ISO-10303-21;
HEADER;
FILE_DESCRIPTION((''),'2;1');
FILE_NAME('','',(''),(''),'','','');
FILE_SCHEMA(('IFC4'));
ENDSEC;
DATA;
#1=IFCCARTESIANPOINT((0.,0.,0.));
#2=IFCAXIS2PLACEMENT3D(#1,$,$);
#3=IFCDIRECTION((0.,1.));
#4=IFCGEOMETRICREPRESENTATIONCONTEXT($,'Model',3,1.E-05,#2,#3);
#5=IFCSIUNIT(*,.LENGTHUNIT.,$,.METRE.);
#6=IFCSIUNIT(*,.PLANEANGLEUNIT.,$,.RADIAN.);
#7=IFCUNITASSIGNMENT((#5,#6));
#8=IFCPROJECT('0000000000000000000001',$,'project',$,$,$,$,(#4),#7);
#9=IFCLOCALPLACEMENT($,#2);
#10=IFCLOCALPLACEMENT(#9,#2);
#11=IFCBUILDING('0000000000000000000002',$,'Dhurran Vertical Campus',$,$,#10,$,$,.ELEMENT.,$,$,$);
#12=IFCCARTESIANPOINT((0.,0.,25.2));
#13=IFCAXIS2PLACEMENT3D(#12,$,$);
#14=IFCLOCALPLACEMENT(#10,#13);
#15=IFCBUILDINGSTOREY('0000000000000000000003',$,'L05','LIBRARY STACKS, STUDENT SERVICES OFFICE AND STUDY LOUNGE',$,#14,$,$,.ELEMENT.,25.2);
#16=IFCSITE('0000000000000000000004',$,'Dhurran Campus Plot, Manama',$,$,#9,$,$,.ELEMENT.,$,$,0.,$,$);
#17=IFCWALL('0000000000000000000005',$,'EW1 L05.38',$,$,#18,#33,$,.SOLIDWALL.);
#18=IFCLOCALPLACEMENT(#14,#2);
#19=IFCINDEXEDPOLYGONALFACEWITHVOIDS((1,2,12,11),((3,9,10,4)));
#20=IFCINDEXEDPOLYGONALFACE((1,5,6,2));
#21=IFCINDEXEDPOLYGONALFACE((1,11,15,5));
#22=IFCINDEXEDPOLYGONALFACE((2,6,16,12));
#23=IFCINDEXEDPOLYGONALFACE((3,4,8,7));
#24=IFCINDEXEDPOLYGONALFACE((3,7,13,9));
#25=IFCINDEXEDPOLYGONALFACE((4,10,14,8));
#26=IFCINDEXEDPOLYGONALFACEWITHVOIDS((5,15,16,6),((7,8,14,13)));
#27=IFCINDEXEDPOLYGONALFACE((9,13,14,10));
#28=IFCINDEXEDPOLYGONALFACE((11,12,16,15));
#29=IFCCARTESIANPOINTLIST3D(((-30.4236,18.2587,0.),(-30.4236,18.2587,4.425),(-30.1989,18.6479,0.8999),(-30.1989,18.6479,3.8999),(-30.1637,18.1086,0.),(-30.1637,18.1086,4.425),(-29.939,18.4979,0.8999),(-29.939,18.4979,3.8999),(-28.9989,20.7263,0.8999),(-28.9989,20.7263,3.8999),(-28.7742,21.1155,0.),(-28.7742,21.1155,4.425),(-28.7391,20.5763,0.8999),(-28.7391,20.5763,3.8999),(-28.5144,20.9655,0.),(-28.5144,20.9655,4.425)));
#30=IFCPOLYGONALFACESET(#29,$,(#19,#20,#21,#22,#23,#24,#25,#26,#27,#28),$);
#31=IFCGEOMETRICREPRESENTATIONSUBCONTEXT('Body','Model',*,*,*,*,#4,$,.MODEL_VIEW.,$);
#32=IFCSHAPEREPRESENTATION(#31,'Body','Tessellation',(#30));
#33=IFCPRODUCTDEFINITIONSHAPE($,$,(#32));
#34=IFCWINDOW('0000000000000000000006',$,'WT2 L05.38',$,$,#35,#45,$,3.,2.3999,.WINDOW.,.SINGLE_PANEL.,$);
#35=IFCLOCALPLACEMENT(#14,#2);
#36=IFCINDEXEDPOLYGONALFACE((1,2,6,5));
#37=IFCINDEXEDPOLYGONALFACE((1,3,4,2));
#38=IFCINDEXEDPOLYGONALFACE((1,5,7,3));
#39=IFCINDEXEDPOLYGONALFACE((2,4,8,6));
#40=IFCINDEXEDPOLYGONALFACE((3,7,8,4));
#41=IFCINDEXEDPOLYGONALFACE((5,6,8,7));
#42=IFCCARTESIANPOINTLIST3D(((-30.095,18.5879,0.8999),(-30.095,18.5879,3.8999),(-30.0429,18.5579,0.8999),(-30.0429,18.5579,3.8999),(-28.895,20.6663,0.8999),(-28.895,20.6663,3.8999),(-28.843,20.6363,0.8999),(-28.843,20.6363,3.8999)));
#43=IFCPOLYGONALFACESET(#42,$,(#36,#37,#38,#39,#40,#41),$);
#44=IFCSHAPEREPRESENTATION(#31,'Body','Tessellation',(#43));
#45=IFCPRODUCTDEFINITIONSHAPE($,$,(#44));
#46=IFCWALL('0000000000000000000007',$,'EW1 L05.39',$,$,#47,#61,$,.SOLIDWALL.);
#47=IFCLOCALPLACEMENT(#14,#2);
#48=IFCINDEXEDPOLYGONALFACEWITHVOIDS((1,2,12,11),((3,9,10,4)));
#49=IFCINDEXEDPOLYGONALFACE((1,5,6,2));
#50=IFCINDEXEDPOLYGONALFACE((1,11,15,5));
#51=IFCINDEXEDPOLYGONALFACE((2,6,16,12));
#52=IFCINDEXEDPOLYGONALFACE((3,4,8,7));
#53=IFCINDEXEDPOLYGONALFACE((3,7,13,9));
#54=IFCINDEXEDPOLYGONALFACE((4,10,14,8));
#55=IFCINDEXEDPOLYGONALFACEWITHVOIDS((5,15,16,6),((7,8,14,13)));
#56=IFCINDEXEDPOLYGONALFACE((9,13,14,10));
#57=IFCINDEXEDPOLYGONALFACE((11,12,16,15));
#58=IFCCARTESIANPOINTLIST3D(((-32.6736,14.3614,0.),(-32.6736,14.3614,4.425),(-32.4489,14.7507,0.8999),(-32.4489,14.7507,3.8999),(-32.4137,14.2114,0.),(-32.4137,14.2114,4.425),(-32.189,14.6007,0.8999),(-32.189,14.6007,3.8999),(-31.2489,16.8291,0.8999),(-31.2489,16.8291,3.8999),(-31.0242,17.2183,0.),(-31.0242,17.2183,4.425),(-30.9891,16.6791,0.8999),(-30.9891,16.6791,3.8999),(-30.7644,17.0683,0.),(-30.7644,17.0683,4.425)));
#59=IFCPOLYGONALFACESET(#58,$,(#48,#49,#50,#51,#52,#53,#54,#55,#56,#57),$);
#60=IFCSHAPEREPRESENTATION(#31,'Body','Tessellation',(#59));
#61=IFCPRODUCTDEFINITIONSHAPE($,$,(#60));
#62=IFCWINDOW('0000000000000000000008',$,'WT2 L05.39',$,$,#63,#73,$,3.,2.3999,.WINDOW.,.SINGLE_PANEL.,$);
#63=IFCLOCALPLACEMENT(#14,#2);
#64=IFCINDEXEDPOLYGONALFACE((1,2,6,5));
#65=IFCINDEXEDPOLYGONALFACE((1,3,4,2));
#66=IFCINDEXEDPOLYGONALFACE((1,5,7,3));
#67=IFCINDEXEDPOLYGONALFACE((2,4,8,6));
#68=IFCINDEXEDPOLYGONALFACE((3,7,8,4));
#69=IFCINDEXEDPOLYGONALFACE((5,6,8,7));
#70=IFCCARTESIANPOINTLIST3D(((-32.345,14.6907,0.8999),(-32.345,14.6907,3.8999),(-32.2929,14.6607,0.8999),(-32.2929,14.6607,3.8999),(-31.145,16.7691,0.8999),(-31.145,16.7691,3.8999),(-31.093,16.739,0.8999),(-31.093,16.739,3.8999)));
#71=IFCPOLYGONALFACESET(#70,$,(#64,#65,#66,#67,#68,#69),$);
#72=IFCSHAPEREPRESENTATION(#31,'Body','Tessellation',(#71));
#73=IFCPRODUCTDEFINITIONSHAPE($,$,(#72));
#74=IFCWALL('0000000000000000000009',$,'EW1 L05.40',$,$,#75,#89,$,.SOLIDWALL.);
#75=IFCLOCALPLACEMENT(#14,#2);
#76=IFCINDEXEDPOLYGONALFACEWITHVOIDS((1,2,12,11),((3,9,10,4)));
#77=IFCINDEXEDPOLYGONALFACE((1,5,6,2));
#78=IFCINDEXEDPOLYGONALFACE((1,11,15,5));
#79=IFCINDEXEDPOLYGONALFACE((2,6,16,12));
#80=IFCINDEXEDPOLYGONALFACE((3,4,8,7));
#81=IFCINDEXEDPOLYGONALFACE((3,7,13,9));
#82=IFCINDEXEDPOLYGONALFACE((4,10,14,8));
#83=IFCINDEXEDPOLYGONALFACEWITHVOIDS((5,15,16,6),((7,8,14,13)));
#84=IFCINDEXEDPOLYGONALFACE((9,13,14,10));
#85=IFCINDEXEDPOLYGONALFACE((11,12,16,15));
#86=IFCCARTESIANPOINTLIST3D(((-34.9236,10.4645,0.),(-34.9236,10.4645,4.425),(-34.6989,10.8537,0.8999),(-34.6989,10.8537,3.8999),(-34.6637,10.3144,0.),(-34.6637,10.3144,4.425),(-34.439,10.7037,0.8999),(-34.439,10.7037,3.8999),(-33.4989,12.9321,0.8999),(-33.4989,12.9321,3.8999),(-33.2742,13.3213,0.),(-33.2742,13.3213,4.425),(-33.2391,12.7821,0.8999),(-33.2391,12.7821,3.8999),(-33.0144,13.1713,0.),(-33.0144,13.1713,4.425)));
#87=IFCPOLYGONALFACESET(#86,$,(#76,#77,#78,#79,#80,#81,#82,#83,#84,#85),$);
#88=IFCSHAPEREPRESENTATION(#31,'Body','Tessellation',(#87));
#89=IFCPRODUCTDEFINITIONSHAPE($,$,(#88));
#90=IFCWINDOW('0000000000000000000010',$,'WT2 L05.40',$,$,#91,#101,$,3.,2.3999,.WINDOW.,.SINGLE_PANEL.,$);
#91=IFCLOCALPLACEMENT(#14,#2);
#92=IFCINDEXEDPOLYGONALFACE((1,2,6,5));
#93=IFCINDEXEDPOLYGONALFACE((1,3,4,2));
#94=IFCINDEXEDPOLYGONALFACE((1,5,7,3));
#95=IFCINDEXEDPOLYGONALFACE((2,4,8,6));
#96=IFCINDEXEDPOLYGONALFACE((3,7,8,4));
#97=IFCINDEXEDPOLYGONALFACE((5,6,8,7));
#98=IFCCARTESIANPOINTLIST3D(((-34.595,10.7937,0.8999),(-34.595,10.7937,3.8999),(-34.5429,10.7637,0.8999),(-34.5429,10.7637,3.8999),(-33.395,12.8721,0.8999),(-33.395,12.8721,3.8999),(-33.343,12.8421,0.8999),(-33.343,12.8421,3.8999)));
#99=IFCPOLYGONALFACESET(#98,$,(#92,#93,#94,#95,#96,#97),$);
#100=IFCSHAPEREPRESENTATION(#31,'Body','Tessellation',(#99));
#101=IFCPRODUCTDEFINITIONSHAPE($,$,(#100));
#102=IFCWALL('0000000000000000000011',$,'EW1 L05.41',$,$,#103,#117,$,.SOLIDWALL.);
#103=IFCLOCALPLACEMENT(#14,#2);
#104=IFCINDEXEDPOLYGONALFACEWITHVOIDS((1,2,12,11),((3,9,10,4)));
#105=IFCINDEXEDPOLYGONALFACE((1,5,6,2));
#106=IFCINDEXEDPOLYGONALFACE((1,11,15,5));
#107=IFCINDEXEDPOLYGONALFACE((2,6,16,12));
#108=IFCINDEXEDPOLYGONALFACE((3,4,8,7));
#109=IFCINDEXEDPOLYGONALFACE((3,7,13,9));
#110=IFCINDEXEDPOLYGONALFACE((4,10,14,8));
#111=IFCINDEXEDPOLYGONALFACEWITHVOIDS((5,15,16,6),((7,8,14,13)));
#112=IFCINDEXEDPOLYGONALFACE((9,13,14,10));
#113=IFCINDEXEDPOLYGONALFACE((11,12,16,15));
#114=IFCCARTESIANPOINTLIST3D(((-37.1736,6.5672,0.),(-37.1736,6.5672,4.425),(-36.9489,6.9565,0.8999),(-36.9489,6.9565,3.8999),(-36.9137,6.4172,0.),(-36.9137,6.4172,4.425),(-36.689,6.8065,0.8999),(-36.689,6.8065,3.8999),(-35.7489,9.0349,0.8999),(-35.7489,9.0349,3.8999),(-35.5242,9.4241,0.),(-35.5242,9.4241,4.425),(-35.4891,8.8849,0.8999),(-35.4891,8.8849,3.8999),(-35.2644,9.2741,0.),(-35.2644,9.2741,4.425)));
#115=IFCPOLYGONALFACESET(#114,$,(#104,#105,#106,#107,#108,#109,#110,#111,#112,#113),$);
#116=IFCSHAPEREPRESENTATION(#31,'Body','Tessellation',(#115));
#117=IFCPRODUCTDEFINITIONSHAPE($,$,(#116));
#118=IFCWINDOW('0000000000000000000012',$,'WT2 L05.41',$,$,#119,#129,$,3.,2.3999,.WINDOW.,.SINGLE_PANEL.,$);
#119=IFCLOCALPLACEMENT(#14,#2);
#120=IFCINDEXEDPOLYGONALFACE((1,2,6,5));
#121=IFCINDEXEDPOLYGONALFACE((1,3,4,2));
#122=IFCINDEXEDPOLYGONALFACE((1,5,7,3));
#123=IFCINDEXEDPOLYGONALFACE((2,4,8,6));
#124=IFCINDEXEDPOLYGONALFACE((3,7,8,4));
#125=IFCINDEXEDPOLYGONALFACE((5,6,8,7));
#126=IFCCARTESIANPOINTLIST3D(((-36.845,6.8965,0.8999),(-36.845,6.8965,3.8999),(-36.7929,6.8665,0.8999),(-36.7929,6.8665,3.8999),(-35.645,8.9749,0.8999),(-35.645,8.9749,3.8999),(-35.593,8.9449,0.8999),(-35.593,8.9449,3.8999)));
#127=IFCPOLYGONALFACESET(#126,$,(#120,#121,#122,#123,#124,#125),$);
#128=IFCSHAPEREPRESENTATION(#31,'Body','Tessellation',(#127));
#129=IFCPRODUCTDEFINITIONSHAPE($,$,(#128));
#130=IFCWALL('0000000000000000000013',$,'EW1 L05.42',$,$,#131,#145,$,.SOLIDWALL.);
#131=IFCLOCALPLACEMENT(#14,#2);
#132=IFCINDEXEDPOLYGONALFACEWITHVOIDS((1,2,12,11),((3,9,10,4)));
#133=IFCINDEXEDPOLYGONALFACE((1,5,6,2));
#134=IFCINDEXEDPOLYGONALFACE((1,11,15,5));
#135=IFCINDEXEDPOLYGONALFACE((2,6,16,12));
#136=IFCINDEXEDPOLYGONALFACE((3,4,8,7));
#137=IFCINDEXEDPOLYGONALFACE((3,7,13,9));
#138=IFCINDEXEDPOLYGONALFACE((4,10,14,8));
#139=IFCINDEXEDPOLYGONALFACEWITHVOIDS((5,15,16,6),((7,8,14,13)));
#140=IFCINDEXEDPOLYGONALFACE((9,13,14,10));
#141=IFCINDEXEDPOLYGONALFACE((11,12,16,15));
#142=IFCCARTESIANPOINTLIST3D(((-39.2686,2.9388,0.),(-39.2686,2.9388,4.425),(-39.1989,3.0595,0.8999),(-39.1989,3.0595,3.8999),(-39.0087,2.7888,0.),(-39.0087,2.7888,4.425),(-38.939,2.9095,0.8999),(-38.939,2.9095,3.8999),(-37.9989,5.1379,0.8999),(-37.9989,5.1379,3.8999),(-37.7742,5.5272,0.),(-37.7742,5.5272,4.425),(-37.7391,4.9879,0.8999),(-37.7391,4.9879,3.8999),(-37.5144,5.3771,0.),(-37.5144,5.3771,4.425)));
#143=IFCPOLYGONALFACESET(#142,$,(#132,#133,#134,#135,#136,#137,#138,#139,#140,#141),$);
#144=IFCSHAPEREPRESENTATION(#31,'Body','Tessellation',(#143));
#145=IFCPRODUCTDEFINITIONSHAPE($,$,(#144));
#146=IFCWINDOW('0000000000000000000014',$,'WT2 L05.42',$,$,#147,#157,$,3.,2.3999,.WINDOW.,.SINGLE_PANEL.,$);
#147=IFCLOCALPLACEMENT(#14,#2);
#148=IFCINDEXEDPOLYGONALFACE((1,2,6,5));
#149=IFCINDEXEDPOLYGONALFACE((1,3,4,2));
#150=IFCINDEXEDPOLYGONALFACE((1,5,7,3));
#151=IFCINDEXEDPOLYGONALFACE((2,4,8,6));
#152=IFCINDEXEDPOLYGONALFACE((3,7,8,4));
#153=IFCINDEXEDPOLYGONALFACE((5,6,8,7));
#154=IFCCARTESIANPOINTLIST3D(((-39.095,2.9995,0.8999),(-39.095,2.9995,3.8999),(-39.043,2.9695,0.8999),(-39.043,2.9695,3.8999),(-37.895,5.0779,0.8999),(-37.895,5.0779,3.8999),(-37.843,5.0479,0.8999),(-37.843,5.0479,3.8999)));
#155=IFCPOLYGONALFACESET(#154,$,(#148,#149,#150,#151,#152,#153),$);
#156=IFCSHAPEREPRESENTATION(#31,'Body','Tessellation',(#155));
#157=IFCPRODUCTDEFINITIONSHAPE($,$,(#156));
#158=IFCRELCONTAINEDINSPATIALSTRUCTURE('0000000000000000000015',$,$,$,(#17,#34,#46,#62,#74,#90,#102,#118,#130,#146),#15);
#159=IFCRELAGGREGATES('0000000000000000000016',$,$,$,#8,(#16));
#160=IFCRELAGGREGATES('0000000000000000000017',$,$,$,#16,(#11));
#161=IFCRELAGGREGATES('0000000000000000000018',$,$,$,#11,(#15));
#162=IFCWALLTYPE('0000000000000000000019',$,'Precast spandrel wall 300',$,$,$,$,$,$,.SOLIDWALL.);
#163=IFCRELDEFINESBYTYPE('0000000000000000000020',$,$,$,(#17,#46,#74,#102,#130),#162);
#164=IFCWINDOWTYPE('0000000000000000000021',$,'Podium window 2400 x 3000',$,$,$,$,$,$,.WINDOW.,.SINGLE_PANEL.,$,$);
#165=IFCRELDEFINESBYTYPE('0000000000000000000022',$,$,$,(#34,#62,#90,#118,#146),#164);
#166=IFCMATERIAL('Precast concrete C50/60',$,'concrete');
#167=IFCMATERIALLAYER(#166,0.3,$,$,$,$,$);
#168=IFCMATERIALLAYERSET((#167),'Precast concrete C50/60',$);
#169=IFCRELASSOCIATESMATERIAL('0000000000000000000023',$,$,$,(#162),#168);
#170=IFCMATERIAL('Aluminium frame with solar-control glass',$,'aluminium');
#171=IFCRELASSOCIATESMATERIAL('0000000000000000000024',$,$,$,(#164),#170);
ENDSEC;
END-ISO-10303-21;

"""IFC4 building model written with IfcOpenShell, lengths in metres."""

from ifc_helpers import new_model, si_unit, direction, frame, frame_2d, origin, place, context, subcontext, project, spatial, rectangle, extrude, material, layer, layer_set, type_object, element, fill, save


model = new_model("IFC4")

# Units and contexts
model_context = context("Model", 3, precision=1e-05, world=origin(), true_north=direction((0.0, 1.0)))
body_context = subcontext(model_context, "Body", "Model", "MODEL_VIEW")
ifc_project = project(units=[si_unit("LENGTHUNIT", "METRE"), si_unit("PLANEANGLEUNIT", "RADIAN")], contexts=[model_context])

# Site, building, storey
site_placement = place(None, origin())
site = spatial("IfcSite", under=ifc_project, at=site_placement, Name="Dhurran Campus Plot, Manama", CompositionType="ELEMENT", RefElevation=0.0)
building_placement = place(site_placement, origin())
building = spatial("IfcBuilding", under=site, at=building_placement, Name="Dhurran Vertical Campus", CompositionType="ELEMENT")
storey_placement = place(building_placement, frame((0.0, 0.0, 25.2)))
storey = spatial("IfcBuildingStorey", under=building, at=storey_placement, Name="L05", Description="LIBRARY STACKS, STUDENT SERVICES OFFICE AND STUDY LOUNGE", CompositionType="ELEMENT", Elevation=25.2)

# Walls, openings, windows
ifc_material_1 = material(Name="Precast concrete C50/60", Category="concrete")
ifc_layer = layer(ifc_material_1, 0.3)
ifc_layer_set = layer_set([ifc_layer], Name="Precast concrete C50/60")
wall_type = type_object("IfcWallType", Name="Precast spandrel wall 300", PredefinedType="SOLIDWALL", material=ifc_layer_set)
wall_1_placement = place(storey_placement, frame((-28.6443, 21.0405, 0.0), z_axis=(0.0, 0.0, 1.0), x_axis=(-0.499992, -0.86603, 0.0)))
wall_1 = element("IfcWall", 1, at=wall_1_placement, inside=storey, type_object=wall_type, Name="EW1 L05.38", PredefinedType="SOLIDWALL", context=body_context, shape_type="SweptSolid", body=[
    extrude(rectangle(XDim=3.2988, YDim=0.3, at=frame_2d((1.6494, 0.0))), origin(), (0.0, 0.0, 1.0), 4.425),
])
opening_1_placement = place(wall_1_placement, frame((0.4495, 0.0, 0.8999)))
opening_1 = element("IfcOpeningElement", 2, at=opening_1_placement, cuts=wall_1, PredefinedType="OPENING", context=body_context, shape_type="SweptSolid", body=[
    extrude(rectangle(XDim=2.3999, YDim=3.0, at=frame_2d((1.2, 1.5))), frame((0.0, 0.1599, 0.0), z_axis=(0.0, -1.0, 0.0), x_axis=(1.0, 0.0, 0.0)), (0.0, 0.0, 1.0), 0.3201),
])
ifc_material_2 = material(Name="Aluminium frame with solar-control glass", Category="aluminium")
window_type = type_object("IfcWindowType", Name="Podium window 2400 x 3000", PartitioningType="SINGLE_PANEL", PredefinedType="WINDOW", material=ifc_material_2)
window_1_placement = place(opening_1_placement, origin())
window_1 = element("IfcWindow", 3, at=window_1_placement, inside=storey, type_object=window_type, Name="WT2 L05.38", OverallHeight=3.0, OverallWidth=2.3999, PartitioningType="SINGLE_PANEL", PredefinedType="WINDOW", context=body_context, shape_type="SweptSolid", body=[
    extrude(rectangle(XDim=2.3999, YDim=3.0, at=frame_2d((1.2, 1.5))), frame((0.0, 0.03, 0.0), z_axis=(0.0, -1.0, 0.0), x_axis=(1.0, 0.0, 0.0)), (0.0, 0.0, 1.0), 0.0601),
])
fill(opening_1, window_1)
wall_2_placement = place(storey_placement, frame((-30.8943, 17.1433, 0.0), z_axis=(0.0, 0.0, 1.0), x_axis=(-0.499992, -0.86603, 0.0)))
wall_2 = element("IfcWall", 4, at=wall_2_placement, inside=storey, type_object=wall_type, Name="EW1 L05.39", PredefinedType="SOLIDWALL", context=body_context, shape_type="SweptSolid", body=[
    extrude(rectangle(XDim=3.2988, YDim=0.3, at=frame_2d((1.6494, 0.0))), origin(), (0.0, 0.0, 1.0), 4.425),
])
opening_2_placement = place(wall_2_placement, frame((0.4495, 0.0, 0.8999)))
opening_2 = element("IfcOpeningElement", 5, at=opening_2_placement, cuts=wall_2, PredefinedType="OPENING", context=body_context, shape_type="SweptSolid", body=[
    extrude(rectangle(XDim=2.3999, YDim=3.0, at=frame_2d((1.2, 1.5))), frame((0.0, 0.1599, 0.0), z_axis=(0.0, -1.0, 0.0), x_axis=(1.0, 0.0, 0.0)), (0.0, 0.0, 1.0), 0.3201),
])
window_2_placement = place(opening_2_placement, origin())
window_2 = element("IfcWindow", 6, at=window_2_placement, inside=storey, type_object=window_type, Name="WT2 L05.39", OverallHeight=3.0, OverallWidth=2.3999, PartitioningType="SINGLE_PANEL", PredefinedType="WINDOW", context=body_context, shape_type="SweptSolid", body=[
    extrude(rectangle(XDim=2.3999, YDim=3.0, at=frame_2d((1.2, 1.5))), frame((0.0, 0.03, 0.0), z_axis=(0.0, -1.0, 0.0), x_axis=(1.0, 0.0, 0.0)), (0.0, 0.0, 1.0), 0.0601),
])
fill(opening_2, window_2)
wall_3_placement = place(storey_placement, frame((-33.1443, 13.2463, 0.0), z_axis=(0.0, 0.0, 1.0), x_axis=(-0.499992, -0.86603, 0.0)))
wall_3 = element("IfcWall", 7, at=wall_3_placement, inside=storey, type_object=wall_type, Name="EW1 L05.40", PredefinedType="SOLIDWALL", context=body_context, shape_type="SweptSolid", body=[
    extrude(rectangle(XDim=3.2988, YDim=0.3, at=frame_2d((1.6494, 0.0))), origin(), (0.0, 0.0, 1.0), 4.425),
])
opening_3_placement = place(wall_3_placement, frame((0.4495, 0.0, 0.8999)))
opening_3 = element("IfcOpeningElement", 8, at=opening_3_placement, cuts=wall_3, PredefinedType="OPENING", context=body_context, shape_type="SweptSolid", body=[
    extrude(rectangle(XDim=2.3999, YDim=3.0, at=frame_2d((1.2, 1.5))), frame((0.0, 0.1599, 0.0), z_axis=(0.0, -1.0, 0.0), x_axis=(1.0, 0.0, 0.0)), (0.0, 0.0, 1.0), 0.3201),
])
window_3_placement = place(opening_3_placement, origin())
window_3 = element("IfcWindow", 9, at=window_3_placement, inside=storey, type_object=window_type, Name="WT2 L05.40", OverallHeight=3.0, OverallWidth=2.3999, PartitioningType="SINGLE_PANEL", PredefinedType="WINDOW", context=body_context, shape_type="SweptSolid", body=[
    extrude(rectangle(XDim=2.3999, YDim=3.0, at=frame_2d((1.2, 1.5))), frame((0.0, 0.03, 0.0), z_axis=(0.0, -1.0, 0.0), x_axis=(1.0, 0.0, 0.0)), (0.0, 0.0, 1.0), 0.0601),
])
fill(opening_3, window_3)
wall_4_placement = place(storey_placement, frame((-35.3943, 9.3491, 0.0), z_axis=(0.0, 0.0, 1.0), x_axis=(-0.499992, -0.86603, 0.0)))
wall_4 = element("IfcWall", 10, at=wall_4_placement, inside=storey, type_object=wall_type, Name="EW1 L05.41", PredefinedType="SOLIDWALL", context=body_context, shape_type="SweptSolid", body=[
    extrude(rectangle(XDim=3.2988, YDim=0.3, at=frame_2d((1.6494, 0.0))), origin(), (0.0, 0.0, 1.0), 4.425),
])
opening_4_placement = place(wall_4_placement, frame((0.4495, 0.0, 0.8999)))
opening_4 = element("IfcOpeningElement", 11, at=opening_4_placement, cuts=wall_4, PredefinedType="OPENING", context=body_context, shape_type="SweptSolid", body=[
    extrude(rectangle(XDim=2.3999, YDim=3.0, at=frame_2d((1.2, 1.5))), frame((0.0, 0.1599, 0.0), z_axis=(0.0, -1.0, 0.0), x_axis=(1.0, 0.0, 0.0)), (0.0, 0.0, 1.0), 0.3201),
])
window_4_placement = place(opening_4_placement, origin())
window_4 = element("IfcWindow", 12, at=window_4_placement, inside=storey, type_object=window_type, Name="WT2 L05.41", OverallHeight=3.0, OverallWidth=2.3999, PartitioningType="SINGLE_PANEL", PredefinedType="WINDOW", context=body_context, shape_type="SweptSolid", body=[
    extrude(rectangle(XDim=2.3999, YDim=3.0, at=frame_2d((1.2, 1.5))), frame((0.0, 0.03, 0.0), z_axis=(0.0, -1.0, 0.0), x_axis=(1.0, 0.0, 0.0)), (0.0, 0.0, 1.0), 0.0601),
])
fill(opening_4, window_4)
wall_5_placement = place(storey_placement, frame((-37.6443, 5.4521, 0.0), z_axis=(0.0, 0.0, 1.0), x_axis=(-0.499996, -0.866028, 0.0)))
wall_5 = element("IfcWall", 13, at=wall_5_placement, inside=storey, type_object=wall_type, Name="EW1 L05.42", PredefinedType="SOLIDWALL", context=body_context, shape_type="SweptSolid", body=[
    extrude(rectangle(XDim=2.9888, YDim=0.3, at=frame_2d((1.4944, 0.0))), origin(), (0.0, 0.0, 1.0), 4.425),
])
opening_5_placement = place(wall_5_placement, frame((0.4495, 0.0, 0.8999)))
opening_5 = element("IfcOpeningElement", 14, at=opening_5_placement, cuts=wall_5, PredefinedType="OPENING", context=body_context, shape_type="SweptSolid", body=[
    extrude(rectangle(XDim=2.3999, YDim=3.0, at=frame_2d((1.2, 1.5))), frame((0.0, 0.1599, 0.0), z_axis=(0.0, -1.0, 0.0), x_axis=(1.0, 0.0, 0.0)), (0.0, 0.0, 1.0), 0.3201),
])
window_5_placement = place(opening_5_placement, origin())
window_5 = element("IfcWindow", 15, at=window_5_placement, inside=storey, type_object=window_type, Name="WT2 L05.42", OverallHeight=3.0, OverallWidth=2.3999, PartitioningType="SINGLE_PANEL", PredefinedType="WINDOW", context=body_context, shape_type="SweptSolid", body=[
    extrude(rectangle(XDim=2.3999, YDim=3.0, at=frame_2d((1.2, 1.5))), frame((0.0, 0.03, 0.0), z_axis=(0.0, -1.0, 0.0), x_axis=(1.0, 0.0, 0.0)), (0.0, 0.0, 1.0), 0.0601),
])
fill(opening_5, window_5)

save(model, "model.ifc")
